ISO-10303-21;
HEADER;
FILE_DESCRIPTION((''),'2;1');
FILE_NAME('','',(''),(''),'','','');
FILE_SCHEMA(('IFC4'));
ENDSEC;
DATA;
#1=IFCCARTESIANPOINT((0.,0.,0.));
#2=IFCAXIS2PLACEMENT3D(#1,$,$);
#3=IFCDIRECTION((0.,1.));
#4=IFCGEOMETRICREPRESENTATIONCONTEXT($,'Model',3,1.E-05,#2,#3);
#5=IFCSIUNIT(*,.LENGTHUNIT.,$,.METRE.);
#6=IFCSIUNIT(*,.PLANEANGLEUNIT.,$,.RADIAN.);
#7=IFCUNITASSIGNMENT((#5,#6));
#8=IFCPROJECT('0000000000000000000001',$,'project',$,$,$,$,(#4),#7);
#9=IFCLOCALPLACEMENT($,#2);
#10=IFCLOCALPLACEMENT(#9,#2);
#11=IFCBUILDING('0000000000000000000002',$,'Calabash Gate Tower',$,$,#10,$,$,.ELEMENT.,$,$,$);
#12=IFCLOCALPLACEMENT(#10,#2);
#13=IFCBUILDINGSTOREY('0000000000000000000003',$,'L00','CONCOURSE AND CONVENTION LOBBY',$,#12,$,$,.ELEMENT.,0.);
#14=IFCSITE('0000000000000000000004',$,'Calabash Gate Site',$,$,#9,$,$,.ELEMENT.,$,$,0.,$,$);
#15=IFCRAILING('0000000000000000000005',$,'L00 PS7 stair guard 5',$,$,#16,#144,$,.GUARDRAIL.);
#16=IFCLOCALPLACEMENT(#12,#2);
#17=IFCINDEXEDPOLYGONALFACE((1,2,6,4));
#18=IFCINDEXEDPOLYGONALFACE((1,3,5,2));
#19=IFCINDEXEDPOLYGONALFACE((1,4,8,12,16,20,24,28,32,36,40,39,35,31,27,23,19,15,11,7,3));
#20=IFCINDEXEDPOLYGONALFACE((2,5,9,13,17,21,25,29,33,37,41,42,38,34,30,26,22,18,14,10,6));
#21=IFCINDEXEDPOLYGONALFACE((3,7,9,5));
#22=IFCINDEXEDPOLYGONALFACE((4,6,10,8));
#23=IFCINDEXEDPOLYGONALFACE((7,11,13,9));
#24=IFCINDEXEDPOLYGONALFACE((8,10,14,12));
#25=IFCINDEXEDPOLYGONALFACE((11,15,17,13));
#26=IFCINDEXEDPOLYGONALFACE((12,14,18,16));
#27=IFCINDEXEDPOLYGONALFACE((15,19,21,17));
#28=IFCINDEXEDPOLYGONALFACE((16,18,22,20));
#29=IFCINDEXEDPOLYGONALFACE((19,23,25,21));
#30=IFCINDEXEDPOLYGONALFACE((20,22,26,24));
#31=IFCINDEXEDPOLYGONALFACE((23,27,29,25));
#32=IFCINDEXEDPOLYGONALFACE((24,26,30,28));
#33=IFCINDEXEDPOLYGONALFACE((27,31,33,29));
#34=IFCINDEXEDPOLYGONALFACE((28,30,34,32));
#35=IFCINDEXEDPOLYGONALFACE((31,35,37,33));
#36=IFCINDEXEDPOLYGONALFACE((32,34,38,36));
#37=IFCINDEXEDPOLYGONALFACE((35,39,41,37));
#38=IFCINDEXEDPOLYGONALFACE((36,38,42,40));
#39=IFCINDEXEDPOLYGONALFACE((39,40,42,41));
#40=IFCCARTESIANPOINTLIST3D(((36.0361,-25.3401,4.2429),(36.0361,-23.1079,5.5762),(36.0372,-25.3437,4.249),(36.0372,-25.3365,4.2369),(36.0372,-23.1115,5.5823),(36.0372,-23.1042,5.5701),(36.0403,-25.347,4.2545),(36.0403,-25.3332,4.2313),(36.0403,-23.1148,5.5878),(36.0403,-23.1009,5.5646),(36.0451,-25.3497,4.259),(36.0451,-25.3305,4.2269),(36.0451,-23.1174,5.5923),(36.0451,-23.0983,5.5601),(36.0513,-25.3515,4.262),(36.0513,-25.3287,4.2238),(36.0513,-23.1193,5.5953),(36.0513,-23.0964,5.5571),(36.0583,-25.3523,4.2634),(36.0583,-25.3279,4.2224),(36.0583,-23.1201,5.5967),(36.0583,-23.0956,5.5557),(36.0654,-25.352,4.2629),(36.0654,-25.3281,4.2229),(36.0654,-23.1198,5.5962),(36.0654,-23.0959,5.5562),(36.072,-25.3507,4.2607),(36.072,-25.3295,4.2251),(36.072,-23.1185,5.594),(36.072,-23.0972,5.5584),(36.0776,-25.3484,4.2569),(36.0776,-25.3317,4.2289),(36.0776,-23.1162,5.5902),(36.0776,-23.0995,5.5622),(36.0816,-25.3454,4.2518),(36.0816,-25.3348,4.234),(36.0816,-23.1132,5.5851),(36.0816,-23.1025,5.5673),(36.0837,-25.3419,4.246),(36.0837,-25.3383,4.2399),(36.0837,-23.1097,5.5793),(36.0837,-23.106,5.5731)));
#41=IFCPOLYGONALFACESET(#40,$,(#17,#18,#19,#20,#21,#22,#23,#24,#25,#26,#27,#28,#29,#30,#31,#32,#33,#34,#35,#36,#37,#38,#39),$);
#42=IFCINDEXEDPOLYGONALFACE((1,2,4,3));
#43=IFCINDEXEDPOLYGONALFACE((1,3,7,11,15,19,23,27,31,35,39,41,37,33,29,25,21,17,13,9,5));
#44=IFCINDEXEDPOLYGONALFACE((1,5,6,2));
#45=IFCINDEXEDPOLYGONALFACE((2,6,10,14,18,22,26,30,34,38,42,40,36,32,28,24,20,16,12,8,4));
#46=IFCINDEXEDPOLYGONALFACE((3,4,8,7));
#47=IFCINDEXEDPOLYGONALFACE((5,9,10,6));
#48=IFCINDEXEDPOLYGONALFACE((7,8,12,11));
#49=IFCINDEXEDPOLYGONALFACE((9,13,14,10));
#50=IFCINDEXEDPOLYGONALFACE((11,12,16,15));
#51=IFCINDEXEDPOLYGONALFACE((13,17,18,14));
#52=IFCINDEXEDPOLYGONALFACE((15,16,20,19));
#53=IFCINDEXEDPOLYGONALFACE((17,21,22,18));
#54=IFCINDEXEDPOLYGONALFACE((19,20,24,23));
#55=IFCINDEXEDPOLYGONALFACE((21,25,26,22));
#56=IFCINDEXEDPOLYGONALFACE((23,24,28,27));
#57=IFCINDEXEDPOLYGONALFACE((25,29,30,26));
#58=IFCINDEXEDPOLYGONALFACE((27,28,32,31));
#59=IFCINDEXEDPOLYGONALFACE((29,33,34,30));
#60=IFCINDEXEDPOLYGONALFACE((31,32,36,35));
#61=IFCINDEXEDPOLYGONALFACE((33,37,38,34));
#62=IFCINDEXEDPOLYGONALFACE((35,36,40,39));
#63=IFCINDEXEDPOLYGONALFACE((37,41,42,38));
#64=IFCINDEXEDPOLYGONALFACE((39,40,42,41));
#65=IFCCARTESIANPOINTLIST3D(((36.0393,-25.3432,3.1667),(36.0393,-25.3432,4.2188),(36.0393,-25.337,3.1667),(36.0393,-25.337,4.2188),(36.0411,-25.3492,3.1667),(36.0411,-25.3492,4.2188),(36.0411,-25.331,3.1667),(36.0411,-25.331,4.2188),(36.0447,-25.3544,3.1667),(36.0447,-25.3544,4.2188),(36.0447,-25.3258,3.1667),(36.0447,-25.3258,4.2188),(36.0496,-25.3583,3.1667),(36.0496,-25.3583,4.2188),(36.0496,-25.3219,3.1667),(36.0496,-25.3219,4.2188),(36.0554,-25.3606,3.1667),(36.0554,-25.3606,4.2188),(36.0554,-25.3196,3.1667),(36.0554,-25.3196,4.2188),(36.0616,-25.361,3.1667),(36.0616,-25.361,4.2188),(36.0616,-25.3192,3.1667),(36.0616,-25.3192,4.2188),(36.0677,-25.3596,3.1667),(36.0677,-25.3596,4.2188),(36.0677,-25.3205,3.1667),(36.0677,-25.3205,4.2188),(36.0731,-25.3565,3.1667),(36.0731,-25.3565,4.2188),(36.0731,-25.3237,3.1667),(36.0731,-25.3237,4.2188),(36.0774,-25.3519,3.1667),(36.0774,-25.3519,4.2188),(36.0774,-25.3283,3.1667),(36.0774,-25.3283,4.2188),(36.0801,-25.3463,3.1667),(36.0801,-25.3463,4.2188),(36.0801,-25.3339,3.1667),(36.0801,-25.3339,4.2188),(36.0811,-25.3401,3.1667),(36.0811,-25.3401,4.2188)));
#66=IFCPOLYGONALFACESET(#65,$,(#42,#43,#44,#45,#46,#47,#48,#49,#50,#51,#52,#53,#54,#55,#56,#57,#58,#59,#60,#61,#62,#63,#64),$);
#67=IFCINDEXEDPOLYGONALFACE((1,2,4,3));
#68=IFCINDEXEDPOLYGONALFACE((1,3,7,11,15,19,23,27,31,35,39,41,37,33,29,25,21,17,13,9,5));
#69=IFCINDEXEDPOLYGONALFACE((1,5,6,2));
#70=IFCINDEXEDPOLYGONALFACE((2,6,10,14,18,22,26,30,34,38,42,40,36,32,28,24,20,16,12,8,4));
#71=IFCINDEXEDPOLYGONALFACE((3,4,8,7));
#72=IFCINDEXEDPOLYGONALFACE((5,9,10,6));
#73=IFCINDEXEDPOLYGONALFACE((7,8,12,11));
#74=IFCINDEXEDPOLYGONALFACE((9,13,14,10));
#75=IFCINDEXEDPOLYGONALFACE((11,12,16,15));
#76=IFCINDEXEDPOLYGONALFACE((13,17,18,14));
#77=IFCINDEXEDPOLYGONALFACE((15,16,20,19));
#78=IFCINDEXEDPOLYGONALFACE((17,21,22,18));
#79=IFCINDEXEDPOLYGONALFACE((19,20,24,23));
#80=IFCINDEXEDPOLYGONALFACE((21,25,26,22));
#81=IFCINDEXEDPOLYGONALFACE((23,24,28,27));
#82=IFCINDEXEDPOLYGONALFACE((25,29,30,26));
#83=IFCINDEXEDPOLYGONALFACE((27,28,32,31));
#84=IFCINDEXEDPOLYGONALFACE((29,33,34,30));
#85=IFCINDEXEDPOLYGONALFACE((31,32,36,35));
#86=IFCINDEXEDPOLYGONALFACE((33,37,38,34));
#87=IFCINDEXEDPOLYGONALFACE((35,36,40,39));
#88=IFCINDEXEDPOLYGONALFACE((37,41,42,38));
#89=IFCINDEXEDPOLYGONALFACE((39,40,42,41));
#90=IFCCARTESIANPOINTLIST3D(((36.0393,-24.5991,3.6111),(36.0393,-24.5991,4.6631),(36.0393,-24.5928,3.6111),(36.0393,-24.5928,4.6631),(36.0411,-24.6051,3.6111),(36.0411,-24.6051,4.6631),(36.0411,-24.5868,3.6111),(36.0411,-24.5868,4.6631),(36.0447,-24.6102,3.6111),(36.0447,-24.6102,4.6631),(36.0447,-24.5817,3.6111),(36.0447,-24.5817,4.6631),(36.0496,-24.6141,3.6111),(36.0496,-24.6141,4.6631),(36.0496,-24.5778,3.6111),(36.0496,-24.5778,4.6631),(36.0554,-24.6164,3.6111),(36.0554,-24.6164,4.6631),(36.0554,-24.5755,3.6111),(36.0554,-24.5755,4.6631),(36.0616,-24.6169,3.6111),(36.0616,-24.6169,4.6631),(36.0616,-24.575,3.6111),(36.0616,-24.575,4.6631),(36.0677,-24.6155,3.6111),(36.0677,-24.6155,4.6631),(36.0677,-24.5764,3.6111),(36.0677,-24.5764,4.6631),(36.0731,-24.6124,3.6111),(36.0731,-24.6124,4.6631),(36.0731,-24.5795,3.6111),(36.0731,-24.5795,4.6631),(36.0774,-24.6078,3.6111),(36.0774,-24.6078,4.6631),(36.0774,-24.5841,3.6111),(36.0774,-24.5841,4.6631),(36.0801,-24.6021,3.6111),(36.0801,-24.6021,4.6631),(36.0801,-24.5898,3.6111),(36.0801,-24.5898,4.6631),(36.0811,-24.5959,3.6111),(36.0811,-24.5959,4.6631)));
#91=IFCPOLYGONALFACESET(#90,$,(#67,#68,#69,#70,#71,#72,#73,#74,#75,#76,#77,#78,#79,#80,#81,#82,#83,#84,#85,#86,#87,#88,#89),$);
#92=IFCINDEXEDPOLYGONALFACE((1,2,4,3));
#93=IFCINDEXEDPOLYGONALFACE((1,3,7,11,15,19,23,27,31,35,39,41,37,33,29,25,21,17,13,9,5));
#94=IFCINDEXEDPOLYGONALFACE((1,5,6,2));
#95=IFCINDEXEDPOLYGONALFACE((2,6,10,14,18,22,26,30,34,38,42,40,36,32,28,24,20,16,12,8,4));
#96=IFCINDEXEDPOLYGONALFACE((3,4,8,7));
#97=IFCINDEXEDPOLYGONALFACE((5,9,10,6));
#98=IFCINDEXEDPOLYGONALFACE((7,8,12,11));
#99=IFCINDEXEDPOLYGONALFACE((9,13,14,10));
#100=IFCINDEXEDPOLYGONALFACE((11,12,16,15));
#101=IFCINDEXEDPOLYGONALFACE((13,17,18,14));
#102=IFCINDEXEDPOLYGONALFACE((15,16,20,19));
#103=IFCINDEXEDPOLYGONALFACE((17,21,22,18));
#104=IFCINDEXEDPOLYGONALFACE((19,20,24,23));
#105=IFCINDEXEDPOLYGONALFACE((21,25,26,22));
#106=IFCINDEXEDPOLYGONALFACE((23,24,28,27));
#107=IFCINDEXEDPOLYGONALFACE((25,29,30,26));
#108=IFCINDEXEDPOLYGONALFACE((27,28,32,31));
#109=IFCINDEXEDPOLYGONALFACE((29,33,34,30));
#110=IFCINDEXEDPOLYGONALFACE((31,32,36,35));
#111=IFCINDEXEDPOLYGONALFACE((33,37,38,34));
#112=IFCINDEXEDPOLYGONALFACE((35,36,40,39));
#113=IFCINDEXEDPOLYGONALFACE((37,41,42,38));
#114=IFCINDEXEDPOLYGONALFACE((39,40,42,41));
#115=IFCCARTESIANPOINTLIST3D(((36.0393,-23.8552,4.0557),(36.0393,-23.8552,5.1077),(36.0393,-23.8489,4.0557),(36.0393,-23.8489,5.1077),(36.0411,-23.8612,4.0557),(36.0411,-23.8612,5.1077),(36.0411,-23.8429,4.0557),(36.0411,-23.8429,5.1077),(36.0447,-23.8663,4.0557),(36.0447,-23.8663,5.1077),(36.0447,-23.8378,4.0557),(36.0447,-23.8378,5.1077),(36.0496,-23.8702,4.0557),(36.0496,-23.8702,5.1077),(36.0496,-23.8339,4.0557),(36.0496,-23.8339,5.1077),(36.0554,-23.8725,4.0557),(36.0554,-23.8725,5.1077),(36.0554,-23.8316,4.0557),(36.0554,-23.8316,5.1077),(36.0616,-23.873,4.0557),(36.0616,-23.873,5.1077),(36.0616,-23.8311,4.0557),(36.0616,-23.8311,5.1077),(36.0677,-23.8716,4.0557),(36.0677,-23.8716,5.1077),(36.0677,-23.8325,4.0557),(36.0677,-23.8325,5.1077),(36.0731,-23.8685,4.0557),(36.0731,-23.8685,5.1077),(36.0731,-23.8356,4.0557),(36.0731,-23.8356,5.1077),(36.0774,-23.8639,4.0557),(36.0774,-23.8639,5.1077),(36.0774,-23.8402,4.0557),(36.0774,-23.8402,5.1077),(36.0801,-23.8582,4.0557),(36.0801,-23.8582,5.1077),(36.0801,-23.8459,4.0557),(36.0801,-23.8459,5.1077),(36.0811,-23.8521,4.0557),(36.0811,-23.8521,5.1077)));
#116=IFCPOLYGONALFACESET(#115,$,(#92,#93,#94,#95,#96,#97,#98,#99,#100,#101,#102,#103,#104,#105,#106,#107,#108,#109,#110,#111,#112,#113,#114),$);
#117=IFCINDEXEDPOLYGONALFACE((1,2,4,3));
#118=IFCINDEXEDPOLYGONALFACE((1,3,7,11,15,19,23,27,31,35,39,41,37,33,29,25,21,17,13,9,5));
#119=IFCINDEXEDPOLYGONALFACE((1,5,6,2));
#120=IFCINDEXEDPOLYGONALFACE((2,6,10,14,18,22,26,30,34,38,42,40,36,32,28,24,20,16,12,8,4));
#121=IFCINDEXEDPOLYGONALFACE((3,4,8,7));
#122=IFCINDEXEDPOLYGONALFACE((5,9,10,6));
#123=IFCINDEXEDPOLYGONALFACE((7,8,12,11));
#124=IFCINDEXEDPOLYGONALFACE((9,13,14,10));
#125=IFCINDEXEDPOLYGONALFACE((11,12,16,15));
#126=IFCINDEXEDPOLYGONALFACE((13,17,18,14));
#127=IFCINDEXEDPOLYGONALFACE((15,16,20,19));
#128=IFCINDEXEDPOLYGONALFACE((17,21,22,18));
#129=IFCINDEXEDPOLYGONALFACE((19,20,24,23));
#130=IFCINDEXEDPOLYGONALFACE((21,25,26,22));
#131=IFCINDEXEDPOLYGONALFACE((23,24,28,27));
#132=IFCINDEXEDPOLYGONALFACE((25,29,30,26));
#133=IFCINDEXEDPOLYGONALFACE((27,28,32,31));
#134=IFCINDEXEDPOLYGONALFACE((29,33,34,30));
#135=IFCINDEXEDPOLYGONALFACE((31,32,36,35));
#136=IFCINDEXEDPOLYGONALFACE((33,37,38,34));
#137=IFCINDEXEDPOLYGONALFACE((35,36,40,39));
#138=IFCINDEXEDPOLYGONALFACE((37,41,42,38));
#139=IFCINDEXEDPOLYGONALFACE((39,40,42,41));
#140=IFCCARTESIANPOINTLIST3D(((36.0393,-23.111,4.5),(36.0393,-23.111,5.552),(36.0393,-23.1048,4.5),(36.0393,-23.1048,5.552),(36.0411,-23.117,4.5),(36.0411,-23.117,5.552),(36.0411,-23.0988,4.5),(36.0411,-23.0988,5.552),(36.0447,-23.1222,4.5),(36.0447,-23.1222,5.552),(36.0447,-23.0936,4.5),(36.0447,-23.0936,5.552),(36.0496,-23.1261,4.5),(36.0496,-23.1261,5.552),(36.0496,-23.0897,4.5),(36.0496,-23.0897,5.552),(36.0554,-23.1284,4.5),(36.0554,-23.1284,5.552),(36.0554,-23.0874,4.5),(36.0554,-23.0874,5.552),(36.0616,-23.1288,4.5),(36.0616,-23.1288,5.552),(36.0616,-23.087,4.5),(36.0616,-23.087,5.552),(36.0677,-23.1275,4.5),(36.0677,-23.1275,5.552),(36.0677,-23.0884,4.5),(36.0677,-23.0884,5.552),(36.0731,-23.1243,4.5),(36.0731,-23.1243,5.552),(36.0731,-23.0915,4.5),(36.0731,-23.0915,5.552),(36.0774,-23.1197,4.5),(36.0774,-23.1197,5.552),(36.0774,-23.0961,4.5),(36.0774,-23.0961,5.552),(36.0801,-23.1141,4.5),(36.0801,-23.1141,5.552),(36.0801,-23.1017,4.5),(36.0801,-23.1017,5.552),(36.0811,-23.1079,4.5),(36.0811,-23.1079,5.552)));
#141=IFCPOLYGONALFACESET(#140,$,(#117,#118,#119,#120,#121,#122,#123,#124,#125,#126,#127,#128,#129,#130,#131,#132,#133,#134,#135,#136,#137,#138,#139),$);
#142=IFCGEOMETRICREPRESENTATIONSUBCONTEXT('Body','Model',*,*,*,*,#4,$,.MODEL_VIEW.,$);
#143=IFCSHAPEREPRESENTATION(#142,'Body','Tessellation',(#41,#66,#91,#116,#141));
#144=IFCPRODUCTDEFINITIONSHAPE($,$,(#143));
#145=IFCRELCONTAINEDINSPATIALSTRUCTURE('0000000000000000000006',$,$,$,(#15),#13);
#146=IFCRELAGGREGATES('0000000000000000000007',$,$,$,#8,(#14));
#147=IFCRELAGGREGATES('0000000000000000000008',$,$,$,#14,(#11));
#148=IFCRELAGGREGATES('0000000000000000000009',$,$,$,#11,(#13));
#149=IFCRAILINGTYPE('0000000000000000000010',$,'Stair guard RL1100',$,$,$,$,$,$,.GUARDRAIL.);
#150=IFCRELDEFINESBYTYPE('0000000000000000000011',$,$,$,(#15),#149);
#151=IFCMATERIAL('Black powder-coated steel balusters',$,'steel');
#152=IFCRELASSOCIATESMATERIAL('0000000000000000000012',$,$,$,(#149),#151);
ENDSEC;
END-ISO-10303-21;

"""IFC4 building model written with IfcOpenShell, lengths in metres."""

from ifc_helpers import new_model, si_unit, direction, frame, origin, origin_2d, place, context, subcontext, project, spatial, circle, extrude, material, type_object, element, save


model = new_model("IFC4")

# Units and contexts
model_context = context("Model", 3, precision=1e-05, world=origin(), true_north=direction((0.0, 1.0)))
body_context = subcontext(model_context, "Body", "Model", "MODEL_VIEW")
ifc_project = project(units=[si_unit("LENGTHUNIT", "METRE"), si_unit("PLANEANGLEUNIT", "RADIAN")], contexts=[model_context])

# Site, building, storey
site_placement = place(None, origin())
site = spatial("IfcSite", under=ifc_project, at=site_placement, Name="Calabash Gate Site", CompositionType="ELEMENT", RefElevation=0.0)
building_placement = place(site_placement, origin())
building = spatial("IfcBuilding", under=site, at=building_placement, Name="Calabash Gate Tower", CompositionType="ELEMENT")
storey_placement = place(building_placement, origin())
storey = spatial("IfcBuildingStorey", under=building, at=storey_placement, Name="L00", Description="CONCOURSE AND CONVENTION LOBBY", CompositionType="ELEMENT", Elevation=0.0)

# Railing
ifc_material_1 = material(Name="Black powder-coated steel balusters", Category="steel")
railing_type_1 = type_object("IfcRailingType", Name="Stair guard RL1100", PredefinedType="GUARDRAIL", material=ifc_material_1)
railing_1_placement = place(storey_placement, frame((36.0601, -25.3401, 3.1667)))
element("IfcRailing", 1, at=railing_1_placement, inside=storey, type_object=railing_type_1, Name="L00 PS7 stair guard 5", PredefinedType="GUARDRAIL", context=body_context, shape_type="SweptSolid", body=[
    extrude(circle(Radius=0.0239, at=origin_2d()), frame((0.0, 0.0, 1.0762), z_axis=(0.0, 0.858519, 0.512782), x_axis=(-1.0, 0.0, 0.0)), (0.0, 0.0, 1.0), 2.6001),
    extrude(circle(Radius=0.021, at=origin_2d()), origin(), (0.0, 0.0, 1.0), 1.052),
    extrude(circle(Radius=0.021, at=origin_2d()), frame((0.0, 0.7441, 0.4443)), (0.0, 0.0, 1.0), 1.052),
    extrude(circle(Radius=0.021, at=origin_2d()), frame((0.0, 1.488, 0.8889)), (0.0, 0.0, 1.0), 1.052),
    extrude(circle(Radius=0.021, at=origin_2d()), frame((0.0, 2.2322, 1.3333)), (0.0, 0.0, 1.0), 1.052),
])

save(model, "model.ifc")
